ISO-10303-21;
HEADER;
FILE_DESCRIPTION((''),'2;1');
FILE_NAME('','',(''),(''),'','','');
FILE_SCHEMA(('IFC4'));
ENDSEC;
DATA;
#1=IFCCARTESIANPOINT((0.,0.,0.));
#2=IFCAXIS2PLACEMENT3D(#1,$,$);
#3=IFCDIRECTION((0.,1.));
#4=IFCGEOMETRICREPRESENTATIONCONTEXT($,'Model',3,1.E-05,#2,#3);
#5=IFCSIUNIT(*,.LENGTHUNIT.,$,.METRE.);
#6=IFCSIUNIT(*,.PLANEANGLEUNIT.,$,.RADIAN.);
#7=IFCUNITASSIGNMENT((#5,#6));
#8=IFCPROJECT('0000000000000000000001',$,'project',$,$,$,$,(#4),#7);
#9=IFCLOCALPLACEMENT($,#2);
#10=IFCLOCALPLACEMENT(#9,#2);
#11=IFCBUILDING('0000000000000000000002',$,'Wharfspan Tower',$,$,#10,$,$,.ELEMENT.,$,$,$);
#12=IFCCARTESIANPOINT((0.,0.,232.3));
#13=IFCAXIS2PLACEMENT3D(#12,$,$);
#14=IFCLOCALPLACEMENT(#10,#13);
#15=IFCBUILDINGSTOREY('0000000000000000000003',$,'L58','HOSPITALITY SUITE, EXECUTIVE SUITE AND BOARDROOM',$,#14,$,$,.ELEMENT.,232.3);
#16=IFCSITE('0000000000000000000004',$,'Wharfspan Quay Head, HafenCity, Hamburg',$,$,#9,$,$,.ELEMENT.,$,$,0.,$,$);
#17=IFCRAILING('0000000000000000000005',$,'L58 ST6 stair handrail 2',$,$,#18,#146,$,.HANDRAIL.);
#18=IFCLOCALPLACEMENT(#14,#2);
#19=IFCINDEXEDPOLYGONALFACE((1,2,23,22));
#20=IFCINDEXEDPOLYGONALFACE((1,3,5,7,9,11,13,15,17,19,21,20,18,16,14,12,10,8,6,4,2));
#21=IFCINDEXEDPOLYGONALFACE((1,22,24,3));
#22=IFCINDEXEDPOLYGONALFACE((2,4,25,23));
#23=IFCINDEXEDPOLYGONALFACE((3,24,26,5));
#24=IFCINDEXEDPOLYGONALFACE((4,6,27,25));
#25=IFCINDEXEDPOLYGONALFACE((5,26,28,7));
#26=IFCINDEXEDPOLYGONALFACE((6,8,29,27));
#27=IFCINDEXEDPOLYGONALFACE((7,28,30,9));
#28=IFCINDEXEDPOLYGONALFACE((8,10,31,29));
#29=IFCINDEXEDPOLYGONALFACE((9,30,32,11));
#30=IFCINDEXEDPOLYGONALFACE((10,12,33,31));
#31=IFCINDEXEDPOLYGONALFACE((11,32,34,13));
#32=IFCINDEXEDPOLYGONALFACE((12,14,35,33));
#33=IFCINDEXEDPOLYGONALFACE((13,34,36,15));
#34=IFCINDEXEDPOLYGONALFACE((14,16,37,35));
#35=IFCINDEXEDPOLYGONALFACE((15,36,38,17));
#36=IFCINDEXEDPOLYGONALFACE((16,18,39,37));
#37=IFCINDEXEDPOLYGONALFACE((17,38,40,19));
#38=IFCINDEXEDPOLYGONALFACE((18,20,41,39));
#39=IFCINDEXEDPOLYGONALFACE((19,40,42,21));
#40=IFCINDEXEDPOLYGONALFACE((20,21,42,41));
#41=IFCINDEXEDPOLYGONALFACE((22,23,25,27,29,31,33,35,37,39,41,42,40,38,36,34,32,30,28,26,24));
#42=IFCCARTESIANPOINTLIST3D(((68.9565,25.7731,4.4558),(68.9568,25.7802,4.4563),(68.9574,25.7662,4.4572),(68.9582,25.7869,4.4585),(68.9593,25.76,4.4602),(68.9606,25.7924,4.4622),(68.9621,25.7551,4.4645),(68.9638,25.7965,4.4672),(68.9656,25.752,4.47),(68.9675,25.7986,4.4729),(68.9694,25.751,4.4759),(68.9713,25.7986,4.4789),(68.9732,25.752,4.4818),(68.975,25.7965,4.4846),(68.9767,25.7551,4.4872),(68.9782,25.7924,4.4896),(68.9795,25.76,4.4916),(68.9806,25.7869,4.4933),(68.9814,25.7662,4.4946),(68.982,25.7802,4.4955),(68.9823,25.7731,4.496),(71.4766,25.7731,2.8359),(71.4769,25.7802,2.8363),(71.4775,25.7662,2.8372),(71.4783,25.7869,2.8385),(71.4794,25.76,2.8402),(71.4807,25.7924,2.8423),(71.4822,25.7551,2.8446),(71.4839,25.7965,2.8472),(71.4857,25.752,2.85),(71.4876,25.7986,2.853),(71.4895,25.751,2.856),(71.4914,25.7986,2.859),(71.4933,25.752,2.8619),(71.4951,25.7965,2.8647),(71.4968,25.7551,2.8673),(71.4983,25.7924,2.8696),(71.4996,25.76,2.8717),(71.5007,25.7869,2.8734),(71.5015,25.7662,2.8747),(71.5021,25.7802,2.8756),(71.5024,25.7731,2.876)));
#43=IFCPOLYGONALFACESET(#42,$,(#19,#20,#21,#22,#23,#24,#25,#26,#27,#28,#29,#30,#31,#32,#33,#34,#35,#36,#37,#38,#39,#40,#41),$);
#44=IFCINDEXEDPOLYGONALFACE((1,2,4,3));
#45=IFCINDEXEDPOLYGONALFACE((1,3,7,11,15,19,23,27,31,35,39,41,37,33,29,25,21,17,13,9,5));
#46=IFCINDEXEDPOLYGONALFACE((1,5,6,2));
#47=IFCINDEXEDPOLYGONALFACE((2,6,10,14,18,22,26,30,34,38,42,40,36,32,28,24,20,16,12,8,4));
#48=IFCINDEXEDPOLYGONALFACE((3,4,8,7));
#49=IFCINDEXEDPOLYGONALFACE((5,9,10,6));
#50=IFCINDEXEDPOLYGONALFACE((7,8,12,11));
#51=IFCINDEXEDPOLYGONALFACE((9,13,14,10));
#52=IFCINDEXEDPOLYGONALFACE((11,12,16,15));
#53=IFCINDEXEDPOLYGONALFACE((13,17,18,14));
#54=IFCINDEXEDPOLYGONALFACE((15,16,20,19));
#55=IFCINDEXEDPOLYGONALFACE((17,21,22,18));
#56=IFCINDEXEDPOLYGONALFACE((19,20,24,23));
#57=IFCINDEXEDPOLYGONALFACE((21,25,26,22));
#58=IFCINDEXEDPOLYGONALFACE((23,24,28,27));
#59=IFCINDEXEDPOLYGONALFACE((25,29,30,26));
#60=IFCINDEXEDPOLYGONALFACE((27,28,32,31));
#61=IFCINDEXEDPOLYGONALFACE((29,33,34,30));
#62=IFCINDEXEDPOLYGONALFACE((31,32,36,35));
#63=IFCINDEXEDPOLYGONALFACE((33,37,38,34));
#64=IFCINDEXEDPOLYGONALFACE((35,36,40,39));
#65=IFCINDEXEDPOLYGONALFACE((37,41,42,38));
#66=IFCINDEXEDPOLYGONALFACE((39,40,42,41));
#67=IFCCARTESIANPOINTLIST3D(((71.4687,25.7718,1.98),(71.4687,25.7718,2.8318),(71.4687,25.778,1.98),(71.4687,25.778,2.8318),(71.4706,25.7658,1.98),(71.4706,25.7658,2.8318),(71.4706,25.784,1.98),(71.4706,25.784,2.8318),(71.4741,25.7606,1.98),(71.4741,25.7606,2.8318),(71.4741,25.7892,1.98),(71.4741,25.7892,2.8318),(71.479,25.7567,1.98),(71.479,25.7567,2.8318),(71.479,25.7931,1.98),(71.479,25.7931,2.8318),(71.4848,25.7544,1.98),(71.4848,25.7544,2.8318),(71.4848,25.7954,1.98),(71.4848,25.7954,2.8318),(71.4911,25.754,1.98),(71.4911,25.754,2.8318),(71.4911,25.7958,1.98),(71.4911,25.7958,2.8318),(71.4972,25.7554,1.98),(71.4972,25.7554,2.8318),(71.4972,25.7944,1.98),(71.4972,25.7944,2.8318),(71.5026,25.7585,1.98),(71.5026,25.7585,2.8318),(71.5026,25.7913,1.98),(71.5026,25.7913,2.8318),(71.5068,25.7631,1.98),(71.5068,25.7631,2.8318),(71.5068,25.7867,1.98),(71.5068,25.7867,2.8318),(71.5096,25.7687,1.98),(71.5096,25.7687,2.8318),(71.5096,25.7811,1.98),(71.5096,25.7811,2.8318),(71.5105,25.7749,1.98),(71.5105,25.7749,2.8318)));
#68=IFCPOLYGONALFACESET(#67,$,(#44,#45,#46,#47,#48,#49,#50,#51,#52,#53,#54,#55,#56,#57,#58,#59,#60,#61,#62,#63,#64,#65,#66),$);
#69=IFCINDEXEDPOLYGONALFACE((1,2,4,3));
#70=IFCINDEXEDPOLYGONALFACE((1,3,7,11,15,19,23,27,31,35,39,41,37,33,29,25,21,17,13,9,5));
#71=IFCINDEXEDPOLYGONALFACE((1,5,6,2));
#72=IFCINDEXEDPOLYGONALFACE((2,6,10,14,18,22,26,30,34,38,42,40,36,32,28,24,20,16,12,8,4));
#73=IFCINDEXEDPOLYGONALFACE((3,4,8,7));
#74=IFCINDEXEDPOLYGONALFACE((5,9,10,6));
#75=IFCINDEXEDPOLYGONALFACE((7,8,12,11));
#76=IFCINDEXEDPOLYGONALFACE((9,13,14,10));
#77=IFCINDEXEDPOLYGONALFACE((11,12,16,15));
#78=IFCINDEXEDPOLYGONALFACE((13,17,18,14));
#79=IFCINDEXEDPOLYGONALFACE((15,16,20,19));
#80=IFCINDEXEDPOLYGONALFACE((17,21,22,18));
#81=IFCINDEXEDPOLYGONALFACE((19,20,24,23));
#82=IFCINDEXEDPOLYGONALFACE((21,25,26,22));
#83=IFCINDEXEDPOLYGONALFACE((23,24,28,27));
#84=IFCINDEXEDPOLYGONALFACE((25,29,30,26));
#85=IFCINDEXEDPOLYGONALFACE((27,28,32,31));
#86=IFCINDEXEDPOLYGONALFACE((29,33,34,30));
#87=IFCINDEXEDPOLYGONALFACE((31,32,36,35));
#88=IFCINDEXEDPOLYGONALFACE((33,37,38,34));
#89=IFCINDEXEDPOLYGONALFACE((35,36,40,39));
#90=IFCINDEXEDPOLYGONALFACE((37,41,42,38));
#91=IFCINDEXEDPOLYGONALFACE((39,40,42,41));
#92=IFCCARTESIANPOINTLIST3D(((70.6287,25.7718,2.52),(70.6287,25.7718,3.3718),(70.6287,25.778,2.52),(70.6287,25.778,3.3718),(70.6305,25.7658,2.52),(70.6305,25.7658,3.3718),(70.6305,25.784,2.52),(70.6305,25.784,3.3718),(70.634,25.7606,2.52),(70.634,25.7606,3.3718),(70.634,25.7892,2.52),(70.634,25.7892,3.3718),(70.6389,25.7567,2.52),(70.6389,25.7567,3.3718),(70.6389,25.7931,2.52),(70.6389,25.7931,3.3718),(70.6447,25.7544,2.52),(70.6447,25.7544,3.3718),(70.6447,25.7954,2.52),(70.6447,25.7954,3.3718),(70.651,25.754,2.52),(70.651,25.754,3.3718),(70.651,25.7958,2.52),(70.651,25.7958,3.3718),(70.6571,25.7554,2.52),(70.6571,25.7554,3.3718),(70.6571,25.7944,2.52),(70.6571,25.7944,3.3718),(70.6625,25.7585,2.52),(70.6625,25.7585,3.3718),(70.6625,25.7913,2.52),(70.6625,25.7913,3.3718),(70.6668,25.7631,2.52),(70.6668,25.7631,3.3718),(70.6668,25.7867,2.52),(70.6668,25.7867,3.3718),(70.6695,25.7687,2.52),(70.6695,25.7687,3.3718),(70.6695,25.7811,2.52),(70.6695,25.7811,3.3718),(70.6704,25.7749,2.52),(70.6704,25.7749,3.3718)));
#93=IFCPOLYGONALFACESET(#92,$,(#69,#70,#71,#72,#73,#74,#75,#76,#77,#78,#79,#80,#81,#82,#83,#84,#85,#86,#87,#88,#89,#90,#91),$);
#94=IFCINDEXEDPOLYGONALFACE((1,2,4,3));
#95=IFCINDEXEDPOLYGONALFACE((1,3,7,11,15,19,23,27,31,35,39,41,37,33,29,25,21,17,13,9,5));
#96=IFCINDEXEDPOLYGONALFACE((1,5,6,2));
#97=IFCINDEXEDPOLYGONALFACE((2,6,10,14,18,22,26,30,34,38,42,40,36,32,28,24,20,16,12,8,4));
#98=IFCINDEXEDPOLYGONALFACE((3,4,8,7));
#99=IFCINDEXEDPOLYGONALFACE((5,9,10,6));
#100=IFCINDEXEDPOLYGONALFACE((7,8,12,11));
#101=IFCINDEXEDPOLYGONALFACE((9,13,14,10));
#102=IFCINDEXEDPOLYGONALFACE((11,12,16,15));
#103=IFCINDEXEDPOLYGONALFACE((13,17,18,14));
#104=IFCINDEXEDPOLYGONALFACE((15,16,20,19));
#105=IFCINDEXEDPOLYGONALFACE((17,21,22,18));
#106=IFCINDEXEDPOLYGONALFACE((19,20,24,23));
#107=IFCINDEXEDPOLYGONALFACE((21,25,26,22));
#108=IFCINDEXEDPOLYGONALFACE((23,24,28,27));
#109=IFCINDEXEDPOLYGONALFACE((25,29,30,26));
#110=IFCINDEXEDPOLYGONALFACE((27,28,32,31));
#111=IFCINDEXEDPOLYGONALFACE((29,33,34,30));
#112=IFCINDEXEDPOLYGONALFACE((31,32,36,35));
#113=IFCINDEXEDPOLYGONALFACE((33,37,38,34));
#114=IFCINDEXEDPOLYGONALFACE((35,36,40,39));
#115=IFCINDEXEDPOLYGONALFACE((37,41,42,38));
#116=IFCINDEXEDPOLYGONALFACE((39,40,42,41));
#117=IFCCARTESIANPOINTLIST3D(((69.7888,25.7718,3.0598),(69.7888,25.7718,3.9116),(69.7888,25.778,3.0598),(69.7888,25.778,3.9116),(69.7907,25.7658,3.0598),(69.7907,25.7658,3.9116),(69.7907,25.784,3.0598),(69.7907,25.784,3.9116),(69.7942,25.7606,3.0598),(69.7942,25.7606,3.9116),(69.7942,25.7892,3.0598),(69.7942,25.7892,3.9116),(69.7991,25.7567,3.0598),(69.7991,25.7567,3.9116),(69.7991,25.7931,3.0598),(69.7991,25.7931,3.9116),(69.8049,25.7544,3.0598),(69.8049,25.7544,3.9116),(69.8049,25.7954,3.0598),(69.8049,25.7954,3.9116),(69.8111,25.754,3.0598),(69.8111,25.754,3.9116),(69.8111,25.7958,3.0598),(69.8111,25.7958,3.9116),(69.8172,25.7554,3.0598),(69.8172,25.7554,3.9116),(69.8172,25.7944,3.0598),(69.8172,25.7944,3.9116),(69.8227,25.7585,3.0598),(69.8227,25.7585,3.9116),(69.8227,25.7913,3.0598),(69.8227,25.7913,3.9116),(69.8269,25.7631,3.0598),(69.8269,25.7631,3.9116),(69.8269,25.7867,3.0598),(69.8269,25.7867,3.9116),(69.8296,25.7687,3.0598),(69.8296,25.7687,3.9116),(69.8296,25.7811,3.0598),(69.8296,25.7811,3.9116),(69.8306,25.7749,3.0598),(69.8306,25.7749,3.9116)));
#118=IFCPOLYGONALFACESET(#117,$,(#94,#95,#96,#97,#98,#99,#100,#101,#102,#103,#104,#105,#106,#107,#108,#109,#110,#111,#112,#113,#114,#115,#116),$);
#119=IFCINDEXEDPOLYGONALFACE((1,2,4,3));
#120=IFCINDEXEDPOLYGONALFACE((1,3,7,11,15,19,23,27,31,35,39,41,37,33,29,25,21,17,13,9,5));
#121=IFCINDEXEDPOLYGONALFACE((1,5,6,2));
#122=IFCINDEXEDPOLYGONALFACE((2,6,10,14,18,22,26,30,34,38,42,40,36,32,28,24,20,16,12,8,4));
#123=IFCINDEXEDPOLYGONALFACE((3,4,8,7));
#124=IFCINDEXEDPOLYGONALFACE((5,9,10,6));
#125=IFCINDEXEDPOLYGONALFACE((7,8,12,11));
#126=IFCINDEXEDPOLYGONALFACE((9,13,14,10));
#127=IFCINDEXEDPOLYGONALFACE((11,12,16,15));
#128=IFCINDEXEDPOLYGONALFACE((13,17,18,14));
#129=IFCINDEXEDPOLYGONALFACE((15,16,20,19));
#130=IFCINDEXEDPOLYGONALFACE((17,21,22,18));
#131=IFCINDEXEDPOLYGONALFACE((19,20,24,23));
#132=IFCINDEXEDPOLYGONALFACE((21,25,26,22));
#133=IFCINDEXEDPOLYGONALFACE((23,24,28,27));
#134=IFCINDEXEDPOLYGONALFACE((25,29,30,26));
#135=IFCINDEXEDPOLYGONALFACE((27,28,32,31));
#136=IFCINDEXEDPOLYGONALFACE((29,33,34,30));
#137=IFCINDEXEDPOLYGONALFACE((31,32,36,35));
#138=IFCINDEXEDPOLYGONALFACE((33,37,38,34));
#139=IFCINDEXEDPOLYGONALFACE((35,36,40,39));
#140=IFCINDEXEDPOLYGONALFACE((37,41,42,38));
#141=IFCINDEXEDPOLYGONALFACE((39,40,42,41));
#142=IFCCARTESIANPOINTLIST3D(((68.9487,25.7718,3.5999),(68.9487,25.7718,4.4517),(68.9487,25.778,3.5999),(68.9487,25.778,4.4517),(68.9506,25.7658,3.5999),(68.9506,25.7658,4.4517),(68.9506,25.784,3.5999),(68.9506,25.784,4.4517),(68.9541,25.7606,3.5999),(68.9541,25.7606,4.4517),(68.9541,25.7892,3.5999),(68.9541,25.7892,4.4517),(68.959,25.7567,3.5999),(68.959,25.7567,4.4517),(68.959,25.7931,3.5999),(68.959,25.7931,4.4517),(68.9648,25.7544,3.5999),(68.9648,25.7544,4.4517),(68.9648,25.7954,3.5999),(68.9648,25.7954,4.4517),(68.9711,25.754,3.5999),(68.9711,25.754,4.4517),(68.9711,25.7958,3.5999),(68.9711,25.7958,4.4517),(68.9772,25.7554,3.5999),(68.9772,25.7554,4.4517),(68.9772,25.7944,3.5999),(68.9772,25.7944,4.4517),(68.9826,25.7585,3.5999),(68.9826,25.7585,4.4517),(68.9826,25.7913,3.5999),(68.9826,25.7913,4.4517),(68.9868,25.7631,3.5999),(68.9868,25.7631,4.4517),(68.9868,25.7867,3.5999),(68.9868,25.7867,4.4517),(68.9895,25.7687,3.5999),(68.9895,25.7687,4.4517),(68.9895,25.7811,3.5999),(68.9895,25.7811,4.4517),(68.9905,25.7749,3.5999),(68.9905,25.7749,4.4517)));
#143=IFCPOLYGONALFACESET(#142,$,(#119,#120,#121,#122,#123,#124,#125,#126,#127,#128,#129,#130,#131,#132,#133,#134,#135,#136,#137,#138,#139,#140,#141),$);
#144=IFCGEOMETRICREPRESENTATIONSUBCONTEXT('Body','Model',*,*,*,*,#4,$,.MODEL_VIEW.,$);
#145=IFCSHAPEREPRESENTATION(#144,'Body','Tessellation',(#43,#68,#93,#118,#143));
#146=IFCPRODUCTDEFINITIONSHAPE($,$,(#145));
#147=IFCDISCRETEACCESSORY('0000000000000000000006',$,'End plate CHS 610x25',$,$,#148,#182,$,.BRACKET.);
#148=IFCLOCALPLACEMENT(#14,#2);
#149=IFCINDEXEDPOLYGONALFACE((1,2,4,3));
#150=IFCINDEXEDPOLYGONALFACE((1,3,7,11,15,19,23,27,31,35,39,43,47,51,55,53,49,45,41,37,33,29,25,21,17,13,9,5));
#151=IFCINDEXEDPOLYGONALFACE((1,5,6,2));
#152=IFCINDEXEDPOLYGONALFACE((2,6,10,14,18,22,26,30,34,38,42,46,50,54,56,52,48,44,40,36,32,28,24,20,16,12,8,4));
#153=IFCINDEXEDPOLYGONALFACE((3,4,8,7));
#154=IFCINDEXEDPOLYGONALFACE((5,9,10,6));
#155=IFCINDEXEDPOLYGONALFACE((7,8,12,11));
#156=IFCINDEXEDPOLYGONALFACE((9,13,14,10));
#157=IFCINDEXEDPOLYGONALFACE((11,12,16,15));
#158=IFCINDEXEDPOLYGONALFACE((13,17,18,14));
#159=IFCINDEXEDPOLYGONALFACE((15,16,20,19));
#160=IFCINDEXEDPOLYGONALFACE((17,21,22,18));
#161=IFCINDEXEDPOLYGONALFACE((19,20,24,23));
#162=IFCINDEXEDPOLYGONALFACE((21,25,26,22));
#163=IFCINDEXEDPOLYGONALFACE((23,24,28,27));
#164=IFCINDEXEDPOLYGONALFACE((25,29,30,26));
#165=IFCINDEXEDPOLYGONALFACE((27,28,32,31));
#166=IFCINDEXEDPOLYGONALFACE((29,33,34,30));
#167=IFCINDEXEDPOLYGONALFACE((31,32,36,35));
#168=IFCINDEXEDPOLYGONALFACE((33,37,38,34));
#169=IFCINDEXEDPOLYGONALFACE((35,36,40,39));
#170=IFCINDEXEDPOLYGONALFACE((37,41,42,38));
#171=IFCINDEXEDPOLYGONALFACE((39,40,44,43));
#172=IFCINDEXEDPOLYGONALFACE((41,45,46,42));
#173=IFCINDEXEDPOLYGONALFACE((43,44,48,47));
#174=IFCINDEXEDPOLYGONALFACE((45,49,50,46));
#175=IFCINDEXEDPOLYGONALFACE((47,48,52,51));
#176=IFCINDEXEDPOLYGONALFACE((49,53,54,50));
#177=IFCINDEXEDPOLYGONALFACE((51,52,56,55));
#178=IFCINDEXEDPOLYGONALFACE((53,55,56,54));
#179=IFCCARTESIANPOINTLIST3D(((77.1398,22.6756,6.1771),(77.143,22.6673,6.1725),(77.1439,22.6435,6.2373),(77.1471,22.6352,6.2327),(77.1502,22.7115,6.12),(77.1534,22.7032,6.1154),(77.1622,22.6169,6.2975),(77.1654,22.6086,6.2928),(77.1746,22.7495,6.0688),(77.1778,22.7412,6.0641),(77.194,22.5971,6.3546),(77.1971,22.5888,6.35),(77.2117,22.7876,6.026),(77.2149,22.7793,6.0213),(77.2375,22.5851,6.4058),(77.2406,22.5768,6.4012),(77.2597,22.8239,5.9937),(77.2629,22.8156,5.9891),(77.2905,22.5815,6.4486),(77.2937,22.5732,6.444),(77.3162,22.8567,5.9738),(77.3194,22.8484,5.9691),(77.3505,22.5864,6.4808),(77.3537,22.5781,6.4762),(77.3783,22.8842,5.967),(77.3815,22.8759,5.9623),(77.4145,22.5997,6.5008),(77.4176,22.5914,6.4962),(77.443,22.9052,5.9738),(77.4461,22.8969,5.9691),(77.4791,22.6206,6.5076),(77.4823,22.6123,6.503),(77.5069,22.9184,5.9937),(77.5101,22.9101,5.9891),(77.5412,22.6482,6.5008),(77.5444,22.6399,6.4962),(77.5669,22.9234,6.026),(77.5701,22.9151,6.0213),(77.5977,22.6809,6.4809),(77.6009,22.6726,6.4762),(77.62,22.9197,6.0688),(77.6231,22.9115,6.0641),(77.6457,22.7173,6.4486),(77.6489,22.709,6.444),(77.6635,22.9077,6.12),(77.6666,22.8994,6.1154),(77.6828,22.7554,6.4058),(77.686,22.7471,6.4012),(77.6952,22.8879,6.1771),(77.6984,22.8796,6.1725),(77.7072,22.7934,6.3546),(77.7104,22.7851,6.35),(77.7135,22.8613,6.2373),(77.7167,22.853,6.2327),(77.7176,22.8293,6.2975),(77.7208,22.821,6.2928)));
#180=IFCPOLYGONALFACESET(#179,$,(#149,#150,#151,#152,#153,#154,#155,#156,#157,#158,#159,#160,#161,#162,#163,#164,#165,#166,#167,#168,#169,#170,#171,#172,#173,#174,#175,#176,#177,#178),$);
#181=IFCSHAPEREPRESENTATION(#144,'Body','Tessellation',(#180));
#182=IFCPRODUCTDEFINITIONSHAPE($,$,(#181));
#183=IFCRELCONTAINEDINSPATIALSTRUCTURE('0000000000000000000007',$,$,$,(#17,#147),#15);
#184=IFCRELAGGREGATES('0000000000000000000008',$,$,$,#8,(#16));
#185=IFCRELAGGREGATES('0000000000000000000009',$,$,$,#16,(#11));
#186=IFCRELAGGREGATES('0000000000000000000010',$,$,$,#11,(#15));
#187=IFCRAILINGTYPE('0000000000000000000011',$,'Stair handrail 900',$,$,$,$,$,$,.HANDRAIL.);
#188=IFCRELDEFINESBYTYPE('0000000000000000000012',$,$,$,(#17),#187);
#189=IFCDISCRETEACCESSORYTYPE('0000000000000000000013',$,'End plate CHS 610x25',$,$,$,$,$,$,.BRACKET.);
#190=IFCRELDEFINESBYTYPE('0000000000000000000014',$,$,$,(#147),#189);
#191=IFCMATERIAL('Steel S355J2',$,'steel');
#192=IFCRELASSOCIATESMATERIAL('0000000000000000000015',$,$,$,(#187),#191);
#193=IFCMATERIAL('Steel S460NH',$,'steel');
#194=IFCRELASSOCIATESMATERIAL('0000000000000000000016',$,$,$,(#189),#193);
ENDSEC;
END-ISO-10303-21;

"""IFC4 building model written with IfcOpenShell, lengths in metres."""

from ifc_helpers import new_model, si_unit, direction, frame, origin, origin_2d, place, context, subcontext, project, spatial, circle, extrude, material, material_profile, profile_set, type_object, element, save


model = new_model("IFC4")

# Units and contexts
model_context = context("Model", 3, precision=1e-05, world=origin(), true_north=direction((0.0, 1.0)))
body_context = subcontext(model_context, "Body", "Model", "MODEL_VIEW")
ifc_project = project(units=[si_unit("LENGTHUNIT", "METRE"), si_unit("PLANEANGLEUNIT", "RADIAN")], contexts=[model_context])

# Site, building, storey
site_placement = place(None, origin())
site = spatial("IfcSite", under=ifc_project, at=site_placement, Name="Wharfspan Quay Head, HafenCity, Hamburg", CompositionType="ELEMENT", RefElevation=0.0)
building_placement = place(site_placement, origin())
building = spatial("IfcBuilding", under=site, at=building_placement, Name="Wharfspan Tower", CompositionType="ELEMENT")
storey_placement = place(building_placement, frame((0.0, 0.0, 232.3)))
storey = spatial("IfcBuildingStorey", under=building, at=storey_placement, Name="L58", Description="HOSPITALITY SUITE, EXECUTIVE SUITE AND BOARDROOM", CompositionType="ELEMENT", Elevation=232.3)

# Railing
ifc_material_1 = material(Name="Steel S355J2", Category="steel")
railing_type_1 = type_object("IfcRailingType", Name="Stair handrail 900", PredefinedType="HANDRAIL", material=ifc_material_1)
railing_1_placement = place(storey_placement, frame((71.4895, 25.7749, 1.98)))
element("IfcRailing", 1, at=railing_1_placement, inside=storey, type_object=railing_type_1, Name="L58 ST6 stair handrail 2", PredefinedType="HANDRAIL", context=body_context, shape_type="SweptSolid", body=[
    extrude(circle(Radius=0.0239, at=origin_2d()), frame((0.0, 0.0, 0.876), z_axis=(-0.8412, 0.0, 0.540725), x_axis=(0.0, -1.0, 0.0)), (0.0, 0.0, 1.0), 2.9958),
    extrude(circle(Radius=0.021, at=origin_2d()), origin(), (0.0, 0.0, 1.0), 0.8518),
    extrude(circle(Radius=0.021, at=origin_2d()), frame((-0.8401, 0.0, 0.54)), (0.0, 0.0, 1.0), 0.8518),
    extrude(circle(Radius=0.021, at=origin_2d()), frame((-1.6799, 0.0, 1.0798)), (0.0, 0.0, 1.0), 0.8518),
    extrude(circle(Radius=0.021, at=origin_2d()), frame((-2.52, 0.0, 1.6199)), (0.0, 0.0, 1.0), 0.8518),
])

# Discrete accessory
ifc_material_2 = material(Name="Steel S460NH", Category="steel")
ifc_material_profile_1 = material_profile(ifc_material_2, circle(Radius=0.3049, at=origin_2d()))
ifc_profile_set_1 = profile_set([ifc_material_profile_1], Name="Steel S460NH")
discrete_accessory_type = type_object("IfcDiscreteAccessoryType", Name="End plate CHS 610x25", PredefinedType="BRACKET", material=ifc_profile_set_1)
for number, where, z_axis, x_axis, name in (
    (2, (77.4319, 22.7441, 6.2327), (-0.316603, 0.828038, 0.462727), (-0.934054, -0.357138, -0.000001), "End plate CHS 610x25"),
):
    element("IfcDiscreteAccessory", number, at=place(storey_placement, frame(where, z_axis=z_axis, x_axis=x_axis)), inside=storey, type_object=discrete_accessory_type, Name=name, PredefinedType="BRACKET", context=body_context, shape_type="SweptSolid", body=[
        extrude(circle(Radius=0.3049, at=origin_2d()), origin(), (0.0, 0.0, 1.0), 0.01),
    ])

save(model, "model.ifc")
